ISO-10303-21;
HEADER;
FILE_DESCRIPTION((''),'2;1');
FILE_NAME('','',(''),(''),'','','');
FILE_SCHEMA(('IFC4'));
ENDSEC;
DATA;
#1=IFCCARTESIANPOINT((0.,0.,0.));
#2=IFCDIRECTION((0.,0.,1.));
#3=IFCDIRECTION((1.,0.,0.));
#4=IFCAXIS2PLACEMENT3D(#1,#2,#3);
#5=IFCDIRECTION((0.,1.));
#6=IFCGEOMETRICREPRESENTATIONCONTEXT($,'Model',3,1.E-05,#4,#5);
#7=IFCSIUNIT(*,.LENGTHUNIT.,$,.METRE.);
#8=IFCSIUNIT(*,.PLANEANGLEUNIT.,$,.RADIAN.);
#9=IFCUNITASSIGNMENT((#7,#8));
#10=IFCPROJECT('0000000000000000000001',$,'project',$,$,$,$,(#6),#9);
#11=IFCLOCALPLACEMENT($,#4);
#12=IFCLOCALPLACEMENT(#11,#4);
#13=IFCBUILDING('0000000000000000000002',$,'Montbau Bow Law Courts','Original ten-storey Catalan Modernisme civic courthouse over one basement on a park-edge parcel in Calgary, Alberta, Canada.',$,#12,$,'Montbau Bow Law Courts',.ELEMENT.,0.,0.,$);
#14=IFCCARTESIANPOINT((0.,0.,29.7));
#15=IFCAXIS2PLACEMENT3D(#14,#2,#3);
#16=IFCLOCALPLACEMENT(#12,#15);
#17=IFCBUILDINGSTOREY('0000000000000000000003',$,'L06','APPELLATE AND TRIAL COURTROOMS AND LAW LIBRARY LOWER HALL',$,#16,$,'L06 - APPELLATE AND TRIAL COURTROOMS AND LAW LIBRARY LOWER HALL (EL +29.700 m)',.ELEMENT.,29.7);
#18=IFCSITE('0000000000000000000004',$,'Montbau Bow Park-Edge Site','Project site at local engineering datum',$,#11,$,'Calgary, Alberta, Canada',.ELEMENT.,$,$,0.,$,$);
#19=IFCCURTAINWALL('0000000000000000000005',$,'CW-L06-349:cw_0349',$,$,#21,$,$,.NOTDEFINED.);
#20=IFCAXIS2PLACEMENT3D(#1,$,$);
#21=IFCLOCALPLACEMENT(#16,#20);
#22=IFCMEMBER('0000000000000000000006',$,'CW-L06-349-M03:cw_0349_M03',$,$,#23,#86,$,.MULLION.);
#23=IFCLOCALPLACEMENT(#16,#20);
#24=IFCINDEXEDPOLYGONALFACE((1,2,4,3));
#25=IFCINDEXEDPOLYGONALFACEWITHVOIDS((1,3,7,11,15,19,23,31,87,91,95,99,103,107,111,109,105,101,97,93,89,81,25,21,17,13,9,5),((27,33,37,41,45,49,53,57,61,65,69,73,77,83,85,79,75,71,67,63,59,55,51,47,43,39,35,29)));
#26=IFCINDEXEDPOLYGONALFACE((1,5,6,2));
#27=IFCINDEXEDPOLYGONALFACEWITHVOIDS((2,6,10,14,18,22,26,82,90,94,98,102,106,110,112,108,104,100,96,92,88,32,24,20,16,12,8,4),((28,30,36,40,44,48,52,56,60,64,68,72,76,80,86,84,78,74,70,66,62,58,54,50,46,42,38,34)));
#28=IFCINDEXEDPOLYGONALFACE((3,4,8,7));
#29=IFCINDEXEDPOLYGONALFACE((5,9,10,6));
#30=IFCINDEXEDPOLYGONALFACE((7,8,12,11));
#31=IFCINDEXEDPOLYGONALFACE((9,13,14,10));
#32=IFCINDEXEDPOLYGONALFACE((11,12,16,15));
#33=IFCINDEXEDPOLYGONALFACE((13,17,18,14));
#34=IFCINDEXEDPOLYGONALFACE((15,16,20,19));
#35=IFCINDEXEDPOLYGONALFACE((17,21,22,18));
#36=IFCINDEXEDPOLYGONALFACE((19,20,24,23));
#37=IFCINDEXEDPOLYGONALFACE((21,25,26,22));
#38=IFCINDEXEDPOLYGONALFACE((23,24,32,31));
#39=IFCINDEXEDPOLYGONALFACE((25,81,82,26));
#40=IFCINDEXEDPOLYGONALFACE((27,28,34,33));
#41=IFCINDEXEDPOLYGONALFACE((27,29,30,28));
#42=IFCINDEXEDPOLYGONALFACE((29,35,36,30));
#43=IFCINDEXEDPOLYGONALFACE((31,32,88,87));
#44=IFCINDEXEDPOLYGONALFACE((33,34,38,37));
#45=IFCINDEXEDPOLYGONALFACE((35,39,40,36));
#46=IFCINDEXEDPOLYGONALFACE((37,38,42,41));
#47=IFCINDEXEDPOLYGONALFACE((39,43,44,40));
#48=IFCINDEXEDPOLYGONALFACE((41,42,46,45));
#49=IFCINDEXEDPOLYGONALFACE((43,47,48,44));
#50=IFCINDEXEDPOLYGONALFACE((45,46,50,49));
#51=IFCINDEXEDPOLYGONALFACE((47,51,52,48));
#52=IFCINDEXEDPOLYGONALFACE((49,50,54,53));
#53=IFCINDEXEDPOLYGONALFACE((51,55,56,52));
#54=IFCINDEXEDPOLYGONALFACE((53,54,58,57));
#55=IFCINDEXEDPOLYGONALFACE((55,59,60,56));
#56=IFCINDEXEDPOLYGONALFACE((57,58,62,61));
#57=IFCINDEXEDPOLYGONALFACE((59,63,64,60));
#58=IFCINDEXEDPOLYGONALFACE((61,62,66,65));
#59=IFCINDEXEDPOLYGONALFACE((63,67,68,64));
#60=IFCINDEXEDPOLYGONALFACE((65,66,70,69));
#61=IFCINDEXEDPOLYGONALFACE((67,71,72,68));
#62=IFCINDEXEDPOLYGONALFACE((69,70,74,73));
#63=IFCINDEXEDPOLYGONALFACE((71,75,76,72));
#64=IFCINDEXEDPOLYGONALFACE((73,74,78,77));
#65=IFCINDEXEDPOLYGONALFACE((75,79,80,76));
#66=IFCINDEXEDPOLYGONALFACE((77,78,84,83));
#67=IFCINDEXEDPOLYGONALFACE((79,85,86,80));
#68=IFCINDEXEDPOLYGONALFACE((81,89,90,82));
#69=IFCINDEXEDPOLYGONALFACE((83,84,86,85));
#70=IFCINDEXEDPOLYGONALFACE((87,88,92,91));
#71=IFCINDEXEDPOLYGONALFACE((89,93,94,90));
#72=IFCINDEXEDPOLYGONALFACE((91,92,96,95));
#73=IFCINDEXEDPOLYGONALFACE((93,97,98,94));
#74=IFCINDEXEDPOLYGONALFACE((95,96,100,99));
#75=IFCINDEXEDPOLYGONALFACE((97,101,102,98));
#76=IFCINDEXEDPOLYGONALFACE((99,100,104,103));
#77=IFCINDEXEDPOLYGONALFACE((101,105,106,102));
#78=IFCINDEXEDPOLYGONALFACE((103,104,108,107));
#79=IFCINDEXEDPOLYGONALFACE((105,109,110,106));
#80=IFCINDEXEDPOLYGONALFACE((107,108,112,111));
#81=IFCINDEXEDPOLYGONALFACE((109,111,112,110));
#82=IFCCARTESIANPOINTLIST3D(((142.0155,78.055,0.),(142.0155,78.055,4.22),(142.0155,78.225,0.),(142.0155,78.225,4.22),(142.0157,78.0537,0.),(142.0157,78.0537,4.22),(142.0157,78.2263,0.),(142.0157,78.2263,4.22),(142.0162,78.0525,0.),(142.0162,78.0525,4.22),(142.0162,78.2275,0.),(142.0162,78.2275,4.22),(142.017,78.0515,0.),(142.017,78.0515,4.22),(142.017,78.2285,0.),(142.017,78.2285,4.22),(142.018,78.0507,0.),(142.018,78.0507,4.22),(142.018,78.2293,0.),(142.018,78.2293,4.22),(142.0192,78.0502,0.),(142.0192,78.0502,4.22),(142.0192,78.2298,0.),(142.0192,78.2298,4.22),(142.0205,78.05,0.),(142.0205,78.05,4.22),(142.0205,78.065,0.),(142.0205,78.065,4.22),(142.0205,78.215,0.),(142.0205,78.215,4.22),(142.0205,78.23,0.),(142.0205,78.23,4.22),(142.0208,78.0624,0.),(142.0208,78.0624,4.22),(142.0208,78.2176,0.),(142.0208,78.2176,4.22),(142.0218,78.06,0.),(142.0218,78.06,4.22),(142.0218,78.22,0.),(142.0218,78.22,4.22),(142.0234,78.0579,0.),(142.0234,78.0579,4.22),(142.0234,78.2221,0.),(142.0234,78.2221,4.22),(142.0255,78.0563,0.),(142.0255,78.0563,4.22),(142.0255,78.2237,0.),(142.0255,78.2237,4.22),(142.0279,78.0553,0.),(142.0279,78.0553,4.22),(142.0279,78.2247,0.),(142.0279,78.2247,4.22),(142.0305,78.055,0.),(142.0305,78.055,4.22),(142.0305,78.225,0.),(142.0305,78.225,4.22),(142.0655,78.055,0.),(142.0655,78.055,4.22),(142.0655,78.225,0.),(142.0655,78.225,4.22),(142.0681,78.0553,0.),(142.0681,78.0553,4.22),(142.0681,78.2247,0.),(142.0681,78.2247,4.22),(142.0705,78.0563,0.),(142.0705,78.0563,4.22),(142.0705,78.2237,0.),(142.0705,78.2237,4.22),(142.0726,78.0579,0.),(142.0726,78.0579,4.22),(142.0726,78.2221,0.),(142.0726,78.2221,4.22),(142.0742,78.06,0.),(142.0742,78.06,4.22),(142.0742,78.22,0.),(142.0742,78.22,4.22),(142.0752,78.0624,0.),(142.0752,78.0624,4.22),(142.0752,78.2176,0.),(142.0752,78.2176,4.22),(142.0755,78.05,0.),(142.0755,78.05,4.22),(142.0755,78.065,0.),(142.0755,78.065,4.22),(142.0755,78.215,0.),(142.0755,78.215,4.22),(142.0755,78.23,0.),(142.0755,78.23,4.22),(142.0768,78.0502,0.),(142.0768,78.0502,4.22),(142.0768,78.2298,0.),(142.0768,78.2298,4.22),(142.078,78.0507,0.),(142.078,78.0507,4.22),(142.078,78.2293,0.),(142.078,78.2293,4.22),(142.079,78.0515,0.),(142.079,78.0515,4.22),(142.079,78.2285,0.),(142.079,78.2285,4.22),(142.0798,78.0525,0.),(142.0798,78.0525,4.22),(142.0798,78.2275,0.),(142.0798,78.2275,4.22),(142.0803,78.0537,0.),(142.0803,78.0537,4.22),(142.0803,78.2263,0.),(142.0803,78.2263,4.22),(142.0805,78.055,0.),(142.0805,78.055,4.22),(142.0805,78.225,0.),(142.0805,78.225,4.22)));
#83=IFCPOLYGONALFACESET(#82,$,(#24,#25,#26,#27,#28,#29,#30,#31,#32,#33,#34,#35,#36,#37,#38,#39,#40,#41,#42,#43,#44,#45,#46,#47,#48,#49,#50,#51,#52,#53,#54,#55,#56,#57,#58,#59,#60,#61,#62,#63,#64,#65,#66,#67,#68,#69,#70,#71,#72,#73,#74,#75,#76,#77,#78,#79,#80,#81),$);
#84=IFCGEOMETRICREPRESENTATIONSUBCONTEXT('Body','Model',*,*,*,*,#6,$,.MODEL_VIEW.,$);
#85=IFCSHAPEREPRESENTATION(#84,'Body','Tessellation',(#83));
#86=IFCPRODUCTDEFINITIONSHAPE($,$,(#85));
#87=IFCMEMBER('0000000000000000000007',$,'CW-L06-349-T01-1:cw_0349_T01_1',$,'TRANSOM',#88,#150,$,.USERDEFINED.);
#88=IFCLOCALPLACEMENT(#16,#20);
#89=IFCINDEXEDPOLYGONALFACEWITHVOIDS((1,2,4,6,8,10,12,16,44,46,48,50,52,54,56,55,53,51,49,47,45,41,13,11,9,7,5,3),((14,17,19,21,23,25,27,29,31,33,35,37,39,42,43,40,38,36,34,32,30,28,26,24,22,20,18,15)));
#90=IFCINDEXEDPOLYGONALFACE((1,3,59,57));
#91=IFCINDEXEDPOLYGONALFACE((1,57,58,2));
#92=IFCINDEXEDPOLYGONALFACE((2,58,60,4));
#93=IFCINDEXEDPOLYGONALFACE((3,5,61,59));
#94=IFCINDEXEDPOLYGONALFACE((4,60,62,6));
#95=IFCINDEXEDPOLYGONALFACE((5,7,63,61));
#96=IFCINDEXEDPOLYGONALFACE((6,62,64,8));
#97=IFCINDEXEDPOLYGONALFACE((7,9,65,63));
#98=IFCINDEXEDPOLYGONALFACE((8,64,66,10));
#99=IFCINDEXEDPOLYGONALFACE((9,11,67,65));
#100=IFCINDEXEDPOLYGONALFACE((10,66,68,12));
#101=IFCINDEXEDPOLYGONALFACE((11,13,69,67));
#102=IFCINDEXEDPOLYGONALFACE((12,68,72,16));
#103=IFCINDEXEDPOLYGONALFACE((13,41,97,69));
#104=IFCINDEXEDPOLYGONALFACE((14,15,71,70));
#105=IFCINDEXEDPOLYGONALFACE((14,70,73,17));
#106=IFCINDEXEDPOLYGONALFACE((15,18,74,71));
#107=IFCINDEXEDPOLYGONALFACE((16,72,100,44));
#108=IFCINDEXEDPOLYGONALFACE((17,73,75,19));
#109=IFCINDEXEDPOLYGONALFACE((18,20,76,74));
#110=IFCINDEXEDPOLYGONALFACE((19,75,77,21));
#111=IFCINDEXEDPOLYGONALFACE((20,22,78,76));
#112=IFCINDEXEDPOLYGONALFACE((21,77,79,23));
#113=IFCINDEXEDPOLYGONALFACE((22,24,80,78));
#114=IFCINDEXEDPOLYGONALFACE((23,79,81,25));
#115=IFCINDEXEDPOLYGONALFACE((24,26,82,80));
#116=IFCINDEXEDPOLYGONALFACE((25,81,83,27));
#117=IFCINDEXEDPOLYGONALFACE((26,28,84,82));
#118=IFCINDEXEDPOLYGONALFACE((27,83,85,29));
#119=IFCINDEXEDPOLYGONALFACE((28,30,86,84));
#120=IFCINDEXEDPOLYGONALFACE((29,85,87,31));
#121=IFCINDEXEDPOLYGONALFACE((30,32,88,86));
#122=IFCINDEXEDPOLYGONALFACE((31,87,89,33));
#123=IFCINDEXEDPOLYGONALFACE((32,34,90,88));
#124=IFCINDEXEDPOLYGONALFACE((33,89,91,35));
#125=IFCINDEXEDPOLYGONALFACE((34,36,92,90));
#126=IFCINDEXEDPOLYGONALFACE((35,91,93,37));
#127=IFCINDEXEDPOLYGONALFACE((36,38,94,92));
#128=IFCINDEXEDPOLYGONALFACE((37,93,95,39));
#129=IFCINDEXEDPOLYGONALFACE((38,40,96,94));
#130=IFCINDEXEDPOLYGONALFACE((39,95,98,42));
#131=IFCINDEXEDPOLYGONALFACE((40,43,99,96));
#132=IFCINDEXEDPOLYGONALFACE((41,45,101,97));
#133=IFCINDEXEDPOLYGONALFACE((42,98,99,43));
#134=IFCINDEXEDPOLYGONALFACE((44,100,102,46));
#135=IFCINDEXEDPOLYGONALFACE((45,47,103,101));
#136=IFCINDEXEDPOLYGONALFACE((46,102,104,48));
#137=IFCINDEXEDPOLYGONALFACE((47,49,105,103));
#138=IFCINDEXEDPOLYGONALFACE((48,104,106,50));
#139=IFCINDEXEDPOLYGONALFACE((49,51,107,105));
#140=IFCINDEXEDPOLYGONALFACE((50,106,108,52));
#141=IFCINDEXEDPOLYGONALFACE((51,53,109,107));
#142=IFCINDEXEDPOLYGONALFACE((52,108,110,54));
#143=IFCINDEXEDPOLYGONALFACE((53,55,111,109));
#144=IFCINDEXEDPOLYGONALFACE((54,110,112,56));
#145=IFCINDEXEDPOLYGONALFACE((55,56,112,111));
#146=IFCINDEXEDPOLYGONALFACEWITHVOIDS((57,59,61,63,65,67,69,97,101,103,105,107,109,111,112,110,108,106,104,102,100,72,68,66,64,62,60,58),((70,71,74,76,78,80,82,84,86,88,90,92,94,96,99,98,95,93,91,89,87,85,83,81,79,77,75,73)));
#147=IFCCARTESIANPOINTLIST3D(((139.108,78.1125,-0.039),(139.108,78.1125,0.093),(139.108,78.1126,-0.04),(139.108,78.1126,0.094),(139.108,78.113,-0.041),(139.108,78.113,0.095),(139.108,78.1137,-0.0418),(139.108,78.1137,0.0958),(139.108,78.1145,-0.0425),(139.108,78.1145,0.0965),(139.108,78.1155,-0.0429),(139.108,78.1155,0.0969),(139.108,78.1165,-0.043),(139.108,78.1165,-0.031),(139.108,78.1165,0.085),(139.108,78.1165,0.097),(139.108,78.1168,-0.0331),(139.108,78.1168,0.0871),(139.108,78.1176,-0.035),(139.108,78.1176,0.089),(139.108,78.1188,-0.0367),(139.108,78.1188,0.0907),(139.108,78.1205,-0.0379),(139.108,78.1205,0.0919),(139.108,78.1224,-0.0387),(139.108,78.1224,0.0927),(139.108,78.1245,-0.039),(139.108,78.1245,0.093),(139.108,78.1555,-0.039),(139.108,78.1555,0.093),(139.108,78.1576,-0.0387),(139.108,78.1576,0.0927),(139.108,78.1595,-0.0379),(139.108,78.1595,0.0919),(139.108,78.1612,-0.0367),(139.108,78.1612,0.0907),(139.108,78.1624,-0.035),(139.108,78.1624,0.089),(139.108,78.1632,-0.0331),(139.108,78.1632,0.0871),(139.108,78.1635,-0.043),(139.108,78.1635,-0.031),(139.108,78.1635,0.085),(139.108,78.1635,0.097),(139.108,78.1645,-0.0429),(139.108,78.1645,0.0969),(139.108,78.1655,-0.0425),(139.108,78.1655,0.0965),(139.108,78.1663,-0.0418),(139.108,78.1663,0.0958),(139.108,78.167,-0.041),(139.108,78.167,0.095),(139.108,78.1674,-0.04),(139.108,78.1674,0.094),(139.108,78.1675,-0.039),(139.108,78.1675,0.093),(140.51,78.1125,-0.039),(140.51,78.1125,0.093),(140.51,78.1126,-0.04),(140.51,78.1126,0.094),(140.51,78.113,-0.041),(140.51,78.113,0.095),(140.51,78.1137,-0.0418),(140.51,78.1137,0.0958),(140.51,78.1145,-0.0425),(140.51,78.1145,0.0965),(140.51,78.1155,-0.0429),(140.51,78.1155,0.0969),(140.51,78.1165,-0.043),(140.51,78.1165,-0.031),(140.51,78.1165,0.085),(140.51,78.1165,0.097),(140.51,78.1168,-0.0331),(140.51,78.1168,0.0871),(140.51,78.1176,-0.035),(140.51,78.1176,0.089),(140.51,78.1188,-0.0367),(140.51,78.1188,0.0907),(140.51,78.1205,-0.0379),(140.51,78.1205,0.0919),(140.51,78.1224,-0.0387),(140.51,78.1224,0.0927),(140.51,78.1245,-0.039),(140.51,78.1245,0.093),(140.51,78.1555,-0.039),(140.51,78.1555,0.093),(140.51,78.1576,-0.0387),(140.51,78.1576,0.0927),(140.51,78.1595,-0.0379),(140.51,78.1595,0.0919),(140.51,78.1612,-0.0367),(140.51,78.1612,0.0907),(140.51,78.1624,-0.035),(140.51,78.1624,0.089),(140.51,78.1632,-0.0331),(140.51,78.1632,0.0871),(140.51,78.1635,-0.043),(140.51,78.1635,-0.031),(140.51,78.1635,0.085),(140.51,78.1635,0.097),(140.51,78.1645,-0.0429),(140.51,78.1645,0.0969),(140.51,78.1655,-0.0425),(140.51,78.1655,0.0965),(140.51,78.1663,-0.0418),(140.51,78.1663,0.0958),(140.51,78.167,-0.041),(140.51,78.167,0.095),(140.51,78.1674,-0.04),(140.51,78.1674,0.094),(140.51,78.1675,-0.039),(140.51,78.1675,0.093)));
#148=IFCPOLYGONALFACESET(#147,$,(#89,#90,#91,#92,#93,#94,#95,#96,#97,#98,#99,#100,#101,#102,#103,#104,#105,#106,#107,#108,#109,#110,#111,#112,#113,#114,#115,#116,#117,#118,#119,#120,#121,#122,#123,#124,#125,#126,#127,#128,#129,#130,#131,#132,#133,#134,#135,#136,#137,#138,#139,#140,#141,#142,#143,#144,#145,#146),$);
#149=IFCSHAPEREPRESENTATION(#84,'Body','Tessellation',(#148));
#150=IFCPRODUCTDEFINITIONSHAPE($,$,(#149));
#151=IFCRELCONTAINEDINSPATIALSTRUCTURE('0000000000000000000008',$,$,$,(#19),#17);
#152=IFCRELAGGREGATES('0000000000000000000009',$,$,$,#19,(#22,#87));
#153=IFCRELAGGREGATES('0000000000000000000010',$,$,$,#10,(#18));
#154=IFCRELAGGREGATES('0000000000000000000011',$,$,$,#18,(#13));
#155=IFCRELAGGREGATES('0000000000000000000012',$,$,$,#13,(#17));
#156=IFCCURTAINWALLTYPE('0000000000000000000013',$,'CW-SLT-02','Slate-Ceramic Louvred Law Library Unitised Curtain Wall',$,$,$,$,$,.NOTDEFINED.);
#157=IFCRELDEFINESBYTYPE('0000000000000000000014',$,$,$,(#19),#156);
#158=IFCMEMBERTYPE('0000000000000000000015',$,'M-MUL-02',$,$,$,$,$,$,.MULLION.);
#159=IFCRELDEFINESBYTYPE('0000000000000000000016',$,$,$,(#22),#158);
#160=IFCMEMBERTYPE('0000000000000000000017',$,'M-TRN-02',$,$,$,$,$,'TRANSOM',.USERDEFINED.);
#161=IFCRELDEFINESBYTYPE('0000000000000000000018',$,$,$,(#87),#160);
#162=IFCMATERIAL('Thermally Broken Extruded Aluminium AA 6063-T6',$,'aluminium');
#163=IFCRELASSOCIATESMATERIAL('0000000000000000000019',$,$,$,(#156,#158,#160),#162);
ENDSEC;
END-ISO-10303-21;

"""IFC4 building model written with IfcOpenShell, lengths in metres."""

from ifc_helpers import new_model, si_unit, direction, frame, origin_with_axes, origin_2d_with_axis, place, context, subcontext, project, spatial, hollow_rectangle, extrude, material, material_profile, profile_set, type_object, element, aggregate, save


model = new_model("IFC4")

# Units and contexts
model_context = context("Model", 3, precision=1e-05, world=origin_with_axes(), true_north=direction((0.0, 1.0)))
body_context = subcontext(model_context, "Body", "Model", "MODEL_VIEW")
ifc_project = project(units=[si_unit("LENGTHUNIT", "METRE"), si_unit("PLANEANGLEUNIT", "RADIAN")], contexts=[model_context])

# Site, building, storey
site_placement = place(None, origin_with_axes())
site = spatial("IfcSite", under=ifc_project, at=site_placement, Name="Montbau Bow Park-Edge Site", Description="Project site at local engineering datum", LongName="Calgary, Alberta, Canada", CompositionType="ELEMENT", RefElevation=0.0)
building_placement = place(site_placement, origin_with_axes())
building = spatial("IfcBuilding", under=site, at=building_placement, Name="Montbau Bow Law Courts", Description="Original ten-storey Catalan Modernisme civic courthouse over one basement on a park-edge parcel in Calgary, Alberta, Canada.", LongName="Montbau Bow Law Courts", CompositionType="ELEMENT", ElevationOfRefHeight=0.0, ElevationOfTerrain=0.0)
storey_placement = place(building_placement, frame((0.0, 0.0, 29.7), z_axis=(0.0, 0.0, 1.0), x_axis=(1.0, 0.0, 0.0)))
storey = spatial("IfcBuildingStorey", under=building, at=storey_placement, Name="L06", Description="APPELLATE AND TRIAL COURTROOMS AND LAW LIBRARY LOWER HALL", LongName="L06 - APPELLATE AND TRIAL COURTROOMS AND LAW LIBRARY LOWER HALL (EL +29.700 m)", CompositionType="ELEMENT", Elevation=29.7)

# Curtain wall, members
ifc_material_1 = material(Name="Thermally Broken Extruded Aluminium AA 6063-T6", Category="aluminium")
curtain_wall_type = type_object("IfcCurtainWallType", Name="CW-SLT-02", Description="Slate-Ceramic Louvred Law Library Unitised Curtain Wall", PredefinedType="NOTDEFINED", material=ifc_material_1)
curtain_wall_placement = place(None, frame((139.04, 78.14, 29.7), z_axis=(0.0, 0.0, 1.0), x_axis=(1.0, 0.0, 0.0)))
curtain_wall = element("IfcCurtainWall", 1, at=curtain_wall_placement, inside=storey, type_object=curtain_wall_type, Name="CW-L06-349:cw_0349", PredefinedType="NOTDEFINED")
ifc_material_profile_1 = material_profile(ifc_material_1, hollow_rectangle(XDim=0.065, YDim=0.18, WallThickness=0.005, InnerFilletRadius=0.01, OuterFilletRadius=0.005, at=origin_2d_with_axis()), Name="CWM-180X65", Category="Main", Priority=0)
ifc_profile_set_1 = profile_set([ifc_material_profile_1], Name="Thermally Broken Extruded Aluminium AA 6063-T6")
member_type_1 = type_object("IfcMemberType", Name="M-MUL-02", PredefinedType="MULLION", material=ifc_profile_set_1)
member_1_placement = place(None, frame((142.048, 78.14, 29.7), z_axis=(0.0, 0.0, 1.0), x_axis=(1.0, 0.0, 0.0)))
member_1 = element("IfcMember", 2, at=member_1_placement, type_object=member_type_1, Name="CW-L06-349-M03:cw_0349_M03", PredefinedType="MULLION", context=body_context, shape_type="SweptSolid", body=[
    extrude(hollow_rectangle(XDim=0.065, YDim=0.18, WallThickness=0.005, InnerFilletRadius=0.01, OuterFilletRadius=0.005, at=origin_2d_with_axis()), origin_with_axes(), (0.0, 0.0, 1.0), 4.22),
])
ifc_material_profile_2 = material_profile(ifc_material_1, hollow_rectangle(XDim=0.055, YDim=0.14, WallThickness=0.004, InnerFilletRadius=0.008, OuterFilletRadius=0.004, at=origin_2d_with_axis()), Name="CWT-140X55", Category="Main", Priority=0)
ifc_profile_set_2 = profile_set([ifc_material_profile_2], Name="Thermally Broken Extruded Aluminium AA 6063-T6")
member_type_2 = type_object("IfcMemberType", Name="M-TRN-02", ElementType="TRANSOM", PredefinedType="USERDEFINED", material=ifc_profile_set_2)
member_2_placement = place(None, frame((139.108, 78.14, 29.727), z_axis=(1.0, 0.0, 0.0), x_axis=(0.0, 1.0, 0.0)))
member_2 = element("IfcMember", 3, at=member_2_placement, type_object=member_type_2, Name="CW-L06-349-T01-1:cw_0349_T01_1", ObjectType="TRANSOM", PredefinedType="USERDEFINED", context=body_context, shape_type="SweptSolid", body=[
    extrude(hollow_rectangle(XDim=0.055, YDim=0.14, WallThickness=0.004, InnerFilletRadius=0.008, OuterFilletRadius=0.004, at=origin_2d_with_axis()), origin_with_axes(), (0.0, 0.0, 1.0), 1.402),
])
aggregate(curtain_wall, [member_1, member_2])

save(model, "model.ifc")
